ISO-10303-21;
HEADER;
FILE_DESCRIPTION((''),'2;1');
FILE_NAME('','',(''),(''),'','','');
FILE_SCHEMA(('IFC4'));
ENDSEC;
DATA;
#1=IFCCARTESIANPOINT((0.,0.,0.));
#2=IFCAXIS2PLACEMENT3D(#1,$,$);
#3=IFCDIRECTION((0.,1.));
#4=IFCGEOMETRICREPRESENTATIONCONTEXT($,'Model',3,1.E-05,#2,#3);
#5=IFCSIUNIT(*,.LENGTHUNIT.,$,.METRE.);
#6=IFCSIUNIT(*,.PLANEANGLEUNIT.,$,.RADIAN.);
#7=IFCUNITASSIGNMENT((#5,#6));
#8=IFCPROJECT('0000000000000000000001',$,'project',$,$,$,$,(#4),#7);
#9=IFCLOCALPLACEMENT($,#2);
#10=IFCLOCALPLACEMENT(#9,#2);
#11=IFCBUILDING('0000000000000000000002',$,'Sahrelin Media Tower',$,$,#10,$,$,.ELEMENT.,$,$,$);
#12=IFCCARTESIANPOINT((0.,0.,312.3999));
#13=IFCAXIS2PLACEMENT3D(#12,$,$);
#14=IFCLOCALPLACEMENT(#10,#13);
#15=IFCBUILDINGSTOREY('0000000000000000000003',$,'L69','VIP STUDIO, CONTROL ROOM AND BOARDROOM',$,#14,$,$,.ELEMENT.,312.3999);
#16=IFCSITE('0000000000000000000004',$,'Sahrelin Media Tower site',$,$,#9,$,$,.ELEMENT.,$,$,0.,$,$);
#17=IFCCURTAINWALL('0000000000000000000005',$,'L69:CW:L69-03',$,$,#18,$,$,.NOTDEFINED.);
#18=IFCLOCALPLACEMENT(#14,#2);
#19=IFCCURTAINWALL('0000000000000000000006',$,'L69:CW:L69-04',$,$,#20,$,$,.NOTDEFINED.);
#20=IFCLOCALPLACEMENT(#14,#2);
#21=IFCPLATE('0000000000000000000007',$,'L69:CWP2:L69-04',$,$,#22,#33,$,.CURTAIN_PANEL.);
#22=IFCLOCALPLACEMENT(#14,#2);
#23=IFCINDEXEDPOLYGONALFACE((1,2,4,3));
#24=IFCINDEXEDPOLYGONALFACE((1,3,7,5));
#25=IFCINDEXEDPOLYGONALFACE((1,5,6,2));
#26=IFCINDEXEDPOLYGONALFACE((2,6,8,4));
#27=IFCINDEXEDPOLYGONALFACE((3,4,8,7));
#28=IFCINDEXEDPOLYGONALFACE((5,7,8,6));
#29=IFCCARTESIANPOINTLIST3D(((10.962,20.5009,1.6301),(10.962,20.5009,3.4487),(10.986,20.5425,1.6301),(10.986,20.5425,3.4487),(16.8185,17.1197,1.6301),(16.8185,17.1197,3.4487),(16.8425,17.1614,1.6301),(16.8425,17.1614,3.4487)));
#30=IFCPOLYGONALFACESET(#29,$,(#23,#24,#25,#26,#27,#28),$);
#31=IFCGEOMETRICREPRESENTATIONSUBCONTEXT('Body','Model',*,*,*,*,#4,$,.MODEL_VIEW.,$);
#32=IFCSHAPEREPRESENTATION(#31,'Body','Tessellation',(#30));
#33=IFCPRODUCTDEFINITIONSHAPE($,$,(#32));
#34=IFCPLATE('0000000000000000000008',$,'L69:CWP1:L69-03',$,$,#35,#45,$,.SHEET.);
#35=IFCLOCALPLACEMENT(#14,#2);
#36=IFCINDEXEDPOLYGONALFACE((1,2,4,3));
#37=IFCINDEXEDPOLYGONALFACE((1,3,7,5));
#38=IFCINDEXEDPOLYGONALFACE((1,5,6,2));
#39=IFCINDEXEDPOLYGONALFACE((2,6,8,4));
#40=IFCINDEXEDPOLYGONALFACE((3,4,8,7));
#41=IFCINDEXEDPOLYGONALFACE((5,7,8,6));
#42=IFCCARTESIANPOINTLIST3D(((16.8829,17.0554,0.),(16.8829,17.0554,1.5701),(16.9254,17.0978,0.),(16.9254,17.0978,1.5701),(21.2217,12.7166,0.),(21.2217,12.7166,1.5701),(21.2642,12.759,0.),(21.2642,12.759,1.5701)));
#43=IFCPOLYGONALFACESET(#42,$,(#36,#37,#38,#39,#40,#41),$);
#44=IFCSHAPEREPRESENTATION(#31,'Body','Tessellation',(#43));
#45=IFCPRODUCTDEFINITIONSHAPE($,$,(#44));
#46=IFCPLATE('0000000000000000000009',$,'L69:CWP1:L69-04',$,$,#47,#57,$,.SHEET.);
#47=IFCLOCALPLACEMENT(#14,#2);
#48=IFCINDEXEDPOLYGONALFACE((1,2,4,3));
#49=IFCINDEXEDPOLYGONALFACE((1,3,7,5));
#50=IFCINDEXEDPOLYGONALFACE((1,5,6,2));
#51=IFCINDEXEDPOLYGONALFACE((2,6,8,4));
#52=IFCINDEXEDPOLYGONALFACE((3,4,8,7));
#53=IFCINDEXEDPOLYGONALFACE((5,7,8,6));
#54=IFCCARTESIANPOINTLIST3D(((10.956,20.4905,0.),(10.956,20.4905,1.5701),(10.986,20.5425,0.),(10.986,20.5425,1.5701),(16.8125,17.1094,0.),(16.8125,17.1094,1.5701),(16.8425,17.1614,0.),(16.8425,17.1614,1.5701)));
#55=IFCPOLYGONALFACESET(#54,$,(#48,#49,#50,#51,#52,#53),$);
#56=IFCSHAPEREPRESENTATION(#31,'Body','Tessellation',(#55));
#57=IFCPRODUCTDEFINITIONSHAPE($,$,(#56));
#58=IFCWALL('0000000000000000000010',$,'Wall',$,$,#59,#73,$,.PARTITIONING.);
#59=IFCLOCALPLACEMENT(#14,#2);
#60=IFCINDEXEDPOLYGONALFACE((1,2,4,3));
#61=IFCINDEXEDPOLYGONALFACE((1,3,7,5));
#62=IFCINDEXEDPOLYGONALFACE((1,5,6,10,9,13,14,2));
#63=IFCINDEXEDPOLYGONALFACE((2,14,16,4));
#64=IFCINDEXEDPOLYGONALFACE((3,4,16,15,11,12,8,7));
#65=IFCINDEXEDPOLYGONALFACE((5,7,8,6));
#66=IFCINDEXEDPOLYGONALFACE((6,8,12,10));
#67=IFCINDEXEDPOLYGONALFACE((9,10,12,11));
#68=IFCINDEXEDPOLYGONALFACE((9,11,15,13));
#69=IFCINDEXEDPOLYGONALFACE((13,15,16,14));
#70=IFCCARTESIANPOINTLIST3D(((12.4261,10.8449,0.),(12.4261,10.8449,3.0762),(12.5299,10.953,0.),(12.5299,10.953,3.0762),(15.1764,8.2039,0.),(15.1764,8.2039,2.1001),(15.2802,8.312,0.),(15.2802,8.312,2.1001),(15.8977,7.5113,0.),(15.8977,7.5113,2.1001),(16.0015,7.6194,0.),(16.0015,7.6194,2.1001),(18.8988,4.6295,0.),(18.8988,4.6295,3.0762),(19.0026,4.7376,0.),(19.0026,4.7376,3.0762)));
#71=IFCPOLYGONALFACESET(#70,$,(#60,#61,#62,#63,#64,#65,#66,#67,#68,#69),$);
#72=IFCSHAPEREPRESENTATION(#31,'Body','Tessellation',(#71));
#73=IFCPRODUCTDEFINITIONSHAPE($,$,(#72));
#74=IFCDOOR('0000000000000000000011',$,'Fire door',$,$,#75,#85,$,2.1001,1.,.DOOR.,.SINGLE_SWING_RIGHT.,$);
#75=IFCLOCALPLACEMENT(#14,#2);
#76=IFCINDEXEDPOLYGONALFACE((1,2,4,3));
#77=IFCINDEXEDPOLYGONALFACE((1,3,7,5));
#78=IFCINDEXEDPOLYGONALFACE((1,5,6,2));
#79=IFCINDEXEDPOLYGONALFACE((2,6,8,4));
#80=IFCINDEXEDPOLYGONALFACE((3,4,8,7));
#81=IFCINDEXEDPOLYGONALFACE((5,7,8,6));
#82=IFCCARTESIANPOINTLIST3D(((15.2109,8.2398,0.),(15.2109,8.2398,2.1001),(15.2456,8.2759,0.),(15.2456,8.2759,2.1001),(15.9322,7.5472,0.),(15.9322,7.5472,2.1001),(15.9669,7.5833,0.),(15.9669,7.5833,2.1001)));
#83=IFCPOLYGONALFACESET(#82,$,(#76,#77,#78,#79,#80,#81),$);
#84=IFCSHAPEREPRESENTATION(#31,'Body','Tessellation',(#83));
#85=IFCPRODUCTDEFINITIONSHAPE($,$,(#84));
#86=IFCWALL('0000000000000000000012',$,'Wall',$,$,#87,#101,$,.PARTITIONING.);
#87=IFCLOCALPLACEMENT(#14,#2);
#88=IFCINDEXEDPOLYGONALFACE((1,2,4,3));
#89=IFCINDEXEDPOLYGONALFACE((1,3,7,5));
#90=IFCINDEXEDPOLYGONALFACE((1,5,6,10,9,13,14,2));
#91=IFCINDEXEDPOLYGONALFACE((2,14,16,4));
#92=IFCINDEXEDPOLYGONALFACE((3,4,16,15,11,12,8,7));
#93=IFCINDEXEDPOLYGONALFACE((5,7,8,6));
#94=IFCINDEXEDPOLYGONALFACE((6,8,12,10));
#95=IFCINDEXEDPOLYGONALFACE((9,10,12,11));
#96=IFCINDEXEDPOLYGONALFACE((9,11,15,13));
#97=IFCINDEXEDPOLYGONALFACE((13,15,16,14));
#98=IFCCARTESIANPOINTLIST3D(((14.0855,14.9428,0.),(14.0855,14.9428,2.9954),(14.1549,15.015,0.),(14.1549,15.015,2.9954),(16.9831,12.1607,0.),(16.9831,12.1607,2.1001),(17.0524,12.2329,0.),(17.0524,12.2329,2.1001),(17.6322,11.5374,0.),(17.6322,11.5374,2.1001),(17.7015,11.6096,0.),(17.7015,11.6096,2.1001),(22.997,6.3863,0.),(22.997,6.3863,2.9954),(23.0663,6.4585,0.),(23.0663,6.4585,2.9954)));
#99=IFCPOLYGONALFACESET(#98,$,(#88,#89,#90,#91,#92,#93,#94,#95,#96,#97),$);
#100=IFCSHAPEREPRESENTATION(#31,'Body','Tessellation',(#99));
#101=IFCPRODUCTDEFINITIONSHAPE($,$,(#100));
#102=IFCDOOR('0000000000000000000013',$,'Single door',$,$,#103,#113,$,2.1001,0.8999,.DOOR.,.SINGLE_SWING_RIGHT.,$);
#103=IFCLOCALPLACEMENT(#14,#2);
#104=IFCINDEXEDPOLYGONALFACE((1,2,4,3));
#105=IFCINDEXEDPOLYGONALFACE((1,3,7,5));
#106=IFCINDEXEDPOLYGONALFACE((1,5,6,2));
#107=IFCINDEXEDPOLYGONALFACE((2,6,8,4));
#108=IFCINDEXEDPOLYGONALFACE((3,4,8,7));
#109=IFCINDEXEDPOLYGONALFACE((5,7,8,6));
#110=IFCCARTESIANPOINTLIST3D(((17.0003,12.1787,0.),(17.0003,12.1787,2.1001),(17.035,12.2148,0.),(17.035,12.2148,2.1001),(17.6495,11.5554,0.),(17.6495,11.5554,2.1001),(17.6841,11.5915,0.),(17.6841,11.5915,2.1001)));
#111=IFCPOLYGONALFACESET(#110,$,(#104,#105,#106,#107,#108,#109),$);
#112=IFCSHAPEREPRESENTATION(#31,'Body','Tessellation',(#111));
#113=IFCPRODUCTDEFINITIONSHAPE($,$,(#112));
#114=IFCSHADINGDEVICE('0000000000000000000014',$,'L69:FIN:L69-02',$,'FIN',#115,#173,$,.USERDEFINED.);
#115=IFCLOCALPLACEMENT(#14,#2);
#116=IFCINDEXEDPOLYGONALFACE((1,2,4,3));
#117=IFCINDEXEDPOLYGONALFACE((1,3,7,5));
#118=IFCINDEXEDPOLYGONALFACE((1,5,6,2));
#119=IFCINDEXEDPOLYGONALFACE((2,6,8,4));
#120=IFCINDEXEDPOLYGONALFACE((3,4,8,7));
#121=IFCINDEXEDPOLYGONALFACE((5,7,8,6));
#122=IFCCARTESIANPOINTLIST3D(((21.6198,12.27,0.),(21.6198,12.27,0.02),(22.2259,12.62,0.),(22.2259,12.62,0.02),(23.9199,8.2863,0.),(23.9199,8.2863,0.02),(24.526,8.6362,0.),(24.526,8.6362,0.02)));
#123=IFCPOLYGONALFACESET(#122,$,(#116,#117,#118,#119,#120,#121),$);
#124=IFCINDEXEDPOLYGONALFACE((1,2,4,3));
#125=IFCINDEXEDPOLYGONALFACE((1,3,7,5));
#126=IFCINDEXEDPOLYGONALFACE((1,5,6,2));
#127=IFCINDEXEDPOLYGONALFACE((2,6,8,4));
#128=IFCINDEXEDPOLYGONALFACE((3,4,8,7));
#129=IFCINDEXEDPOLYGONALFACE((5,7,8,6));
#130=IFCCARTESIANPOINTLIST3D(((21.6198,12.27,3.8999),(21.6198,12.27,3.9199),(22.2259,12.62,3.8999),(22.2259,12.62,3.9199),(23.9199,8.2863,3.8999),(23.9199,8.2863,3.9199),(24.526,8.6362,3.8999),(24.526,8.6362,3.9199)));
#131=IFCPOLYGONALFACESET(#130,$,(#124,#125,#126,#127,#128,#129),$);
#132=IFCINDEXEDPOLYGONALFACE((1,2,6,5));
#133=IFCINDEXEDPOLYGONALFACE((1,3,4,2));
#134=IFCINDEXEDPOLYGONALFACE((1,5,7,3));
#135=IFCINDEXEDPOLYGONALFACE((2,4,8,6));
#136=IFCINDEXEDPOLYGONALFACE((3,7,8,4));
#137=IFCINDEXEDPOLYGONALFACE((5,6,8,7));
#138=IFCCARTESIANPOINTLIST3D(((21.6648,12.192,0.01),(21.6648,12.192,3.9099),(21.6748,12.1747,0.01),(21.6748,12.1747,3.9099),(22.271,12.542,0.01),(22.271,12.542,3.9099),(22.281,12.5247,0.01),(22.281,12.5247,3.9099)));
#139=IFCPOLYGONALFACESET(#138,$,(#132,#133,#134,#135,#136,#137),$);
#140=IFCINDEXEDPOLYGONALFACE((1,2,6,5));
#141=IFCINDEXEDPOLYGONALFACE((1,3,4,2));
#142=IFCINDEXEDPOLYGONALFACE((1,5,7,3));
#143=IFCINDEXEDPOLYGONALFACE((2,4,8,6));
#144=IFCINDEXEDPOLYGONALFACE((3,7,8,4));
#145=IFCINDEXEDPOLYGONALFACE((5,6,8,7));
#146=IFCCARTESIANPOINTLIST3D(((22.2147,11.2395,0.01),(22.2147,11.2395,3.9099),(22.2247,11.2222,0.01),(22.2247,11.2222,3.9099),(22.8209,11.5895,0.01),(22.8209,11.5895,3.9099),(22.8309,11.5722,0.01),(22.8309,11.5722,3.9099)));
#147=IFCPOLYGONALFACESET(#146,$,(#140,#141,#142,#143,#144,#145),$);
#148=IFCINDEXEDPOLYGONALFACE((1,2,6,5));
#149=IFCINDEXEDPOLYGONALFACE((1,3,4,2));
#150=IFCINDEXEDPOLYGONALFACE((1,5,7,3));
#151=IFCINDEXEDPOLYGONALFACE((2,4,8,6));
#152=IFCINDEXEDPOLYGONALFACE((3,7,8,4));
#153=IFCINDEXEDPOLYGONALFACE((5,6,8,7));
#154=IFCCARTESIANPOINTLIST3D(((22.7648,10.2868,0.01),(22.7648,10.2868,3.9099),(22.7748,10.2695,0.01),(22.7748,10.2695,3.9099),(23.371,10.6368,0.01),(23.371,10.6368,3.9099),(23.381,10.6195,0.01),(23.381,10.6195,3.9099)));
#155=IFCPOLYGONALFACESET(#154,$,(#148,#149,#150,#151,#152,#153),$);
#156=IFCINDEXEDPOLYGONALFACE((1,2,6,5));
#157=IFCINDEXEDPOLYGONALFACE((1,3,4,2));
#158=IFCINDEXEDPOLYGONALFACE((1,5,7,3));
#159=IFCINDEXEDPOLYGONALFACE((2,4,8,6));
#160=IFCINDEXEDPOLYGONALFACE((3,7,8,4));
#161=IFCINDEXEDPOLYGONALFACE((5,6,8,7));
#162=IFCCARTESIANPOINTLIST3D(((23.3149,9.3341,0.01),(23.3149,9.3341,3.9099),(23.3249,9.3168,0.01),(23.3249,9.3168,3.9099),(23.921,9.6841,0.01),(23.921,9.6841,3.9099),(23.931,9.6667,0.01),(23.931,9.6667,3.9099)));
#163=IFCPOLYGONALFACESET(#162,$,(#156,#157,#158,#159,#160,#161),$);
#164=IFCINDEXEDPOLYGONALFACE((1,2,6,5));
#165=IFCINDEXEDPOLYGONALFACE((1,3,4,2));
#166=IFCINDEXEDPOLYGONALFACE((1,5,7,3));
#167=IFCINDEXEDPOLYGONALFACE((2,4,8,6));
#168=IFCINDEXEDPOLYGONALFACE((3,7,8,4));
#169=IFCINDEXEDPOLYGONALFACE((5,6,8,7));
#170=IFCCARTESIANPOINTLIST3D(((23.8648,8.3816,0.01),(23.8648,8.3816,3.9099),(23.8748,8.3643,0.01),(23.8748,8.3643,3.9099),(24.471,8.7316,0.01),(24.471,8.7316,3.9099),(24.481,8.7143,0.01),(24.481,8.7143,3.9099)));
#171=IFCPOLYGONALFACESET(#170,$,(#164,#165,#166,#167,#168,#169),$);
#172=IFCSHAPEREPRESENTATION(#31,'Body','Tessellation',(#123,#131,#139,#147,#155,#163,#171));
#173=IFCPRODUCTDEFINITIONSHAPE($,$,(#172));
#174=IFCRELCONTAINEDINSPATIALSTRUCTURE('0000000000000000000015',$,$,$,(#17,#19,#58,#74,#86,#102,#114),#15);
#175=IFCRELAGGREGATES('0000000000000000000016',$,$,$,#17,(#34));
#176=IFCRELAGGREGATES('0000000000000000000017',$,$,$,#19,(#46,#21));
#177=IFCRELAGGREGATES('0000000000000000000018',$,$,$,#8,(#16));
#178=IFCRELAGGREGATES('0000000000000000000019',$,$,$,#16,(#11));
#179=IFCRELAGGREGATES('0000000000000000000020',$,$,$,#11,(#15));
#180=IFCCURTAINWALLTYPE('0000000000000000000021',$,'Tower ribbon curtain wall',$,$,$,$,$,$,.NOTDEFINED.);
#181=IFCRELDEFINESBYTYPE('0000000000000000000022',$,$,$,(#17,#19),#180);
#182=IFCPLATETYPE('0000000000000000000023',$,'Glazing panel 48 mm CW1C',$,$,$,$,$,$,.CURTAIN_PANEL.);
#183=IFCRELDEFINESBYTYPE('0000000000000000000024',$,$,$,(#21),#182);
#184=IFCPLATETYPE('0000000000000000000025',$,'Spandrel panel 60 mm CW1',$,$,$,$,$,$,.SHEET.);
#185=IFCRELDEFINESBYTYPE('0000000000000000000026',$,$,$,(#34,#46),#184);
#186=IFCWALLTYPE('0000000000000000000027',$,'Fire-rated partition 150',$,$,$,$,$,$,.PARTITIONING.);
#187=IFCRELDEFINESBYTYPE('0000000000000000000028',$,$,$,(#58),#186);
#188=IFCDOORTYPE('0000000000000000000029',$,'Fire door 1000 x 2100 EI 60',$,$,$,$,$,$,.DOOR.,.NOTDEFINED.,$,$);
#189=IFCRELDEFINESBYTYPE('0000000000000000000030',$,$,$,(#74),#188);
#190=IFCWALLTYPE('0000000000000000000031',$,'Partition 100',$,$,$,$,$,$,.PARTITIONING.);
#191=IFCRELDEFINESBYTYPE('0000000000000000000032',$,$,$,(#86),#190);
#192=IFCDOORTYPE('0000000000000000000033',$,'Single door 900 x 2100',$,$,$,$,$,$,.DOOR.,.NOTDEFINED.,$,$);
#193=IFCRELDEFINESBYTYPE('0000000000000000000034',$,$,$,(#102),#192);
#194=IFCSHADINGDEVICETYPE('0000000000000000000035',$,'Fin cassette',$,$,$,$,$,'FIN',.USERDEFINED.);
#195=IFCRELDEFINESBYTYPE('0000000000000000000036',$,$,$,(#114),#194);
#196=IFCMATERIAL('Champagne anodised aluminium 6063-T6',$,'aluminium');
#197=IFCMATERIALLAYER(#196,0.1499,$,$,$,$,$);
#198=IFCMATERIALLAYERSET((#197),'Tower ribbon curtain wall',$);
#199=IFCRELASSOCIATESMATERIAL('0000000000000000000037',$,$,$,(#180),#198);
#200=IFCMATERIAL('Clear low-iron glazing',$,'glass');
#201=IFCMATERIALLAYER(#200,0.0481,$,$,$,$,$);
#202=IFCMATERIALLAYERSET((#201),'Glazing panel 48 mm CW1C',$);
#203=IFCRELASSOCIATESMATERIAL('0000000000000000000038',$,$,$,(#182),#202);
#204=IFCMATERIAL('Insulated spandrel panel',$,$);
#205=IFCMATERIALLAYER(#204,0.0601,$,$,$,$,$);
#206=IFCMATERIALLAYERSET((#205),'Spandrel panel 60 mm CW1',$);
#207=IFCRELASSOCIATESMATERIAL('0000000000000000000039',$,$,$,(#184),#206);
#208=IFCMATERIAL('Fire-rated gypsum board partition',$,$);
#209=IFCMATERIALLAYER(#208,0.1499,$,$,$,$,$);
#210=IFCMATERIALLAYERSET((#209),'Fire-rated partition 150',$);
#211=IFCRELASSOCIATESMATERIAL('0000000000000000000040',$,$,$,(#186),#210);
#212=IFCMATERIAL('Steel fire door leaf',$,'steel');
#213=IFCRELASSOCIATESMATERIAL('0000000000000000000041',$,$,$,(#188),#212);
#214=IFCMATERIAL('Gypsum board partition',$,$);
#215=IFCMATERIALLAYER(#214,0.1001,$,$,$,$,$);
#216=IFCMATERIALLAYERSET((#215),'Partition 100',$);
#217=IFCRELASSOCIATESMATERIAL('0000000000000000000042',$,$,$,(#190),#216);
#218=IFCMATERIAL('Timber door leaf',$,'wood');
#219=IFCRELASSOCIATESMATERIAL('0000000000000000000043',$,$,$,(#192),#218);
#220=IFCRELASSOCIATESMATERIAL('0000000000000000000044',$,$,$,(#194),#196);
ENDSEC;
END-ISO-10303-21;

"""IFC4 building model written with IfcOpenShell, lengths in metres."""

from ifc_helpers import new_model, si_unit, direction, frame, frame_2d, origin, origin_2d, place, context, subcontext, project, spatial, polyline, rectangle, outline, extrude, material, layer, layer_set, type_object, element, fill, aggregate, save


model = new_model("IFC4")

# Units and contexts
model_context = context("Model", 3, precision=1e-05, world=origin(), true_north=direction((0.0, 1.0)))
body_context = subcontext(model_context, "Body", "Model", "MODEL_VIEW")
ifc_project = project(units=[si_unit("LENGTHUNIT", "METRE"), si_unit("PLANEANGLEUNIT", "RADIAN")], contexts=[model_context])

# Site, building, storey
site_placement = place(None, origin())
site = spatial("IfcSite", under=ifc_project, at=site_placement, Name="Sahrelin Media Tower site", CompositionType="ELEMENT", RefElevation=0.0)
building_placement = place(site_placement, origin())
building = spatial("IfcBuilding", under=site, at=building_placement, Name="Sahrelin Media Tower", CompositionType="ELEMENT")
storey_placement = place(building_placement, frame((0.0, 0.0, 312.3999)))
storey = spatial("IfcBuildingStorey", under=building, at=storey_placement, Name="L69", Description="VIP STUDIO, CONTROL ROOM AND BOARDROOM", CompositionType="ELEMENT", Elevation=312.3999)

# Curtain walls
ifc_material_1 = material(Name="Champagne anodised aluminium 6063-T6", Category="aluminium")
ifc_layer_1 = layer(ifc_material_1, 0.1499)
ifc_layer_set_1 = layer_set([ifc_layer_1], Name="Tower ribbon curtain wall")
curtain_wall_type = type_object("IfcCurtainWallType", Name="Tower ribbon curtain wall", PredefinedType="NOTDEFINED", material=ifc_layer_set_1)
curtain_wall_1_placement = place(storey_placement, frame((19.0806, 14.9143, 0.0), z_axis=(0.0, 0.0, 1.0), x_axis=(1.0, 0.0, 0.0)))
curtain_wall_1 = element("IfcCurtainWall", 1, at=curtain_wall_1_placement, inside=storey, type_object=curtain_wall_type, Name="L69:CW:L69-03", PredefinedType="NOTDEFINED")
curtain_wall_2_placement = place(storey_placement, frame((13.9043, 18.8347, 0.0), z_axis=(0.0, 0.0, 1.0), x_axis=(1.0, 0.0, 0.0)))
curtain_wall_2 = element("IfcCurtainWall", 2, at=curtain_wall_2_placement, inside=storey, type_object=curtain_wall_type, Name="L69:CW:L69-04", PredefinedType="NOTDEFINED")

# Plates
ifc_material_2 = material(Name="Clear low-iron glazing", Category="glass")
ifc_layer_2 = layer(ifc_material_2, 0.0481)
ifc_layer_set_2 = layer_set([ifc_layer_2], Name="Glazing panel 48 mm CW1C")
plate_type_1 = type_object("IfcPlateType", Name="Glazing panel 48 mm CW1C", PredefinedType="CURTAIN_PANEL", material=ifc_layer_set_2)
plate_1_placement = place(storey_placement, frame((16.8425, 17.1614, 1.6301), z_axis=(0.499987, 0.866033, 0.0), x_axis=(-0.866033, 0.499987, 0.0)))
plate_1 = element("IfcPlate", 3, at=plate_1_placement, type_object=plate_type_1, Name="L69:CWP2:L69-04", PredefinedType="CURTAIN_PANEL", context=body_context, shape_type="SweptSolid", body=[
    extrude(outline(polyline([(0.0, 0.0), (6.7625, 0.0), (6.7625, 1.8186), (0.0, 1.8186), (0.0, 0.0)])), origin(), (0.0, 0.0, -1.0), 0.0481),
])
ifc_material_3 = material(Name="Insulated spandrel panel")
ifc_layer_3 = layer(ifc_material_3, 0.0601)
ifc_layer_set_3 = layer_set([ifc_layer_3], Name="Spandrel panel 60 mm CW1")
plate_type_2 = type_object("IfcPlateType", Name="Spandrel panel 60 mm CW1", PredefinedType="SHEET", material=ifc_layer_set_3)
plate_2_placement = place(storey_placement, frame((21.2642, 12.759, 0.0), z_axis=(0.707107, 0.707107, 0.0), x_axis=(-0.707107, 0.707107, 0.0)))
plate_2 = element("IfcPlate", 4, at=plate_2_placement, type_object=plate_type_2, Name="L69:CWP1:L69-03", PredefinedType="SHEET", context=body_context, shape_type="SweptSolid", body=[
    extrude(outline(polyline([(0.0, 0.0), (6.136, 0.0), (6.136, 1.5701), (0.0, 1.5701), (0.0, 0.0)])), origin(), (0.0, 0.0, -1.0), 0.0601),
])
aggregate(curtain_wall_1, [plate_2])
plate_3_placement = place(storey_placement, frame((16.8425, 17.1614, 0.0), z_axis=(0.499987, 0.866033, 0.0), x_axis=(-0.866033, 0.499987, 0.0)))
plate_3 = element("IfcPlate", 5, at=plate_3_placement, type_object=plate_type_2, Name="L69:CWP1:L69-04", PredefinedType="SHEET", context=body_context, shape_type="SweptSolid", body=[
    extrude(outline(polyline([(0.0, 0.0), (6.7625, 0.0), (6.7625, 1.5701), (0.0, 1.5701), (0.0, 0.0)])), origin(), (0.0, 0.0, -1.0), 0.0601),
])
aggregate(curtain_wall_2, [plate_3, plate_1])

# Walls, openings, doors
ifc_material_4 = material(Name="Fire-rated gypsum board partition")
ifc_layer_4 = layer(ifc_material_4, 0.1499)
ifc_layer_set_4 = layer_set([ifc_layer_4], Name="Fire-rated partition 150")
wall_type_1 = type_object("IfcWallType", Name="Fire-rated partition 150", PredefinedType="PARTITIONING", material=ifc_layer_set_4)
wall_1_placement = place(storey_placement, frame((12.478, 10.8989, 0.0), z_axis=(0.0, 0.0, 1.0), x_axis=(0.721299, -0.692624, 0.0)))
wall_1 = element("IfcWall", 6, at=wall_1_placement, inside=storey, type_object=wall_type_1, Name="Wall", PredefinedType="PARTITIONING", context=body_context, shape_type="SweptSolid", body=[
    extrude(rectangle(XDim=8.9736, YDim=0.1499, at=frame_2d((4.4868, 0.0))), origin(), (0.0, 0.0, 1.0), 3.0762),
])
opening_1_placement = place(wall_1_placement, frame((3.813, 0.0, 0.0)))
opening_1 = element("IfcOpeningElement", 7, at=opening_1_placement, cuts=wall_1, PredefinedType="OPENING", context=body_context, shape_type="SweptSolid", body=[
    extrude(rectangle(XDim=1.0, YDim=2.1001, at=frame_2d((0.5, 1.05))), frame((0.0, 0.075, 0.0), z_axis=(0.0, -1.0, 0.0), x_axis=(1.0, 0.0, 0.0)), (0.0, 0.0, 1.0), 0.1499),
])
ifc_material_5 = material(Name="Steel fire door leaf", Category="steel")
door_type_1 = type_object("IfcDoorType", Name="Fire door 1000 x 2100 EI 60", OperationType="NOTDEFINED", PredefinedType="DOOR", material=ifc_material_5)
door_1_placement = place(opening_1_placement, origin())
door_1 = element("IfcDoor", 8, at=door_1_placement, inside=storey, type_object=door_type_1, Name="Fire door", OperationType="SINGLE_SWING_RIGHT", OverallHeight=2.1001, OverallWidth=1.0, PredefinedType="DOOR", context=body_context, shape_type="SweptSolid", body=[
    extrude(rectangle(XDim=1.0, YDim=2.1001, at=frame_2d((0.5, 1.05))), frame((0.0, 0.0249, 0.0), z_axis=(0.0, -1.0, 0.0), x_axis=(1.0, 0.0, 0.0)), (0.0, 0.0, 1.0), 0.05),
])
fill(opening_1, door_1)
ifc_material_6 = material(Name="Gypsum board partition")
ifc_layer_5 = layer(ifc_material_6, 0.1001)
ifc_layer_set_5 = layer_set([ifc_layer_5], Name="Partition 100")
wall_type_2 = type_object("IfcWallType", Name="Partition 100", PredefinedType="PARTITIONING", material=ifc_layer_set_5)
wall_2_placement = place(storey_placement, frame((14.1201, 14.979, 0.0), z_axis=(0.0, 0.0, 1.0), x_axis=(0.721328, -0.692594, 0.0)))
wall_2 = element("IfcWall", 9, at=wall_2_placement, inside=storey, type_object=wall_type_2, Name="Wall", PredefinedType="PARTITIONING", context=body_context, shape_type="SweptSolid", body=[
    extrude(rectangle(XDim=12.3542, YDim=0.1001, at=frame_2d((6.1772, 0.0))), origin(), (0.0, 0.0, 1.0), 2.9954),
])
opening_2_placement = place(wall_2_placement, frame((4.0171, 0.0, 0.0)))
opening_2 = element("IfcOpeningElement", 10, at=opening_2_placement, cuts=wall_2, PredefinedType="OPENING", context=body_context, shape_type="SweptSolid", body=[
    extrude(rectangle(XDim=0.8999, YDim=2.1001, at=frame_2d((0.45, 1.05))), frame((0.0, 0.05, 0.0), z_axis=(0.0, -1.0, 0.0), x_axis=(1.0, 0.0, 0.0)), (0.0, 0.0, 1.0), 0.1001),
])
ifc_material_7 = material(Name="Timber door leaf", Category="wood")
door_type_2 = type_object("IfcDoorType", Name="Single door 900 x 2100", OperationType="NOTDEFINED", PredefinedType="DOOR", material=ifc_material_7)
door_2_placement = place(opening_2_placement, origin())
door_2 = element("IfcDoor", 11, at=door_2_placement, inside=storey, type_object=door_type_2, Name="Single door", OperationType="SINGLE_SWING_RIGHT", OverallHeight=2.1001, OverallWidth=0.8999, PredefinedType="DOOR", context=body_context, shape_type="SweptSolid", body=[
    extrude(rectangle(XDim=0.8999, YDim=2.1001, at=frame_2d((0.45, 1.05))), frame((0.0, 0.0249, 0.0), z_axis=(0.0, -1.0, 0.0), x_axis=(1.0, 0.0, 0.0)), (0.0, 0.0, 1.0), 0.05),
])
fill(opening_2, door_2)

# Shading device
shading_device_type_1 = type_object("IfcShadingDeviceType", Name="Fin cassette", ElementType="FIN", PredefinedType="USERDEFINED", material=ifc_material_1)
placement_1 = place(storey_placement, frame((22.7092, 10.2432, 0.0), z_axis=(0.0, 0.0, 1.0), x_axis=(0.500011, -0.866019, 0.0)))
element("IfcShadingDevice", 12, at=placement_1, inside=storey, type_object=shading_device_type_1, Name="L69:FIN:L69-02", ObjectType="FIN", PredefinedType="USERDEFINED", context=body_context, shape_type="SweptSolid", body=[
    extrude(rectangle(XDim=4.6001, YDim=0.7, at=origin_2d()), frame((0.0, 0.4199, 0.0)), (0.0, 0.0, 1.0), 0.02),
    extrude(rectangle(XDim=4.6001, YDim=0.7, at=origin_2d()), frame((0.0, 0.4199, 3.8999)), (0.0, 0.0, 1.0), 0.02),
    extrude(rectangle(XDim=0.02, YDim=0.7, at=origin_2d()), frame((-2.2, 0.4199, 0.01), z_axis=(0.0, 0.0, 1.0), x_axis=(1.0, 0.0, 0.0)), (0.0, 0.0, 1.0), 3.8999),
    extrude(rectangle(XDim=0.02, YDim=0.7, at=origin_2d()), frame((-1.1001, 0.4199, 0.01), z_axis=(0.0, 0.0, 1.0), x_axis=(1.0, 0.0, 0.0)), (0.0, 0.0, 1.0), 3.8999),
    extrude(rectangle(XDim=0.02, YDim=0.7, at=origin_2d()), frame((0.0, 0.4199, 0.01), z_axis=(0.0, 0.0, 1.0), x_axis=(1.0, 0.0, 0.0)), (0.0, 0.0, 1.0), 3.8999),
    extrude(rectangle(XDim=0.02, YDim=0.7, at=origin_2d()), frame((1.1001, 0.4199, 0.01), z_axis=(0.0, 0.0, 1.0), x_axis=(1.0, 0.0, 0.0)), (0.0, 0.0, 1.0), 3.8999),
    extrude(rectangle(XDim=0.02, YDim=0.7, at=origin_2d()), frame((2.2, 0.4199, 0.01), z_axis=(0.0, 0.0, 1.0), x_axis=(1.0, 0.0, 0.0)), (0.0, 0.0, 1.0), 3.8999),
])

save(model, "model.ifc")
